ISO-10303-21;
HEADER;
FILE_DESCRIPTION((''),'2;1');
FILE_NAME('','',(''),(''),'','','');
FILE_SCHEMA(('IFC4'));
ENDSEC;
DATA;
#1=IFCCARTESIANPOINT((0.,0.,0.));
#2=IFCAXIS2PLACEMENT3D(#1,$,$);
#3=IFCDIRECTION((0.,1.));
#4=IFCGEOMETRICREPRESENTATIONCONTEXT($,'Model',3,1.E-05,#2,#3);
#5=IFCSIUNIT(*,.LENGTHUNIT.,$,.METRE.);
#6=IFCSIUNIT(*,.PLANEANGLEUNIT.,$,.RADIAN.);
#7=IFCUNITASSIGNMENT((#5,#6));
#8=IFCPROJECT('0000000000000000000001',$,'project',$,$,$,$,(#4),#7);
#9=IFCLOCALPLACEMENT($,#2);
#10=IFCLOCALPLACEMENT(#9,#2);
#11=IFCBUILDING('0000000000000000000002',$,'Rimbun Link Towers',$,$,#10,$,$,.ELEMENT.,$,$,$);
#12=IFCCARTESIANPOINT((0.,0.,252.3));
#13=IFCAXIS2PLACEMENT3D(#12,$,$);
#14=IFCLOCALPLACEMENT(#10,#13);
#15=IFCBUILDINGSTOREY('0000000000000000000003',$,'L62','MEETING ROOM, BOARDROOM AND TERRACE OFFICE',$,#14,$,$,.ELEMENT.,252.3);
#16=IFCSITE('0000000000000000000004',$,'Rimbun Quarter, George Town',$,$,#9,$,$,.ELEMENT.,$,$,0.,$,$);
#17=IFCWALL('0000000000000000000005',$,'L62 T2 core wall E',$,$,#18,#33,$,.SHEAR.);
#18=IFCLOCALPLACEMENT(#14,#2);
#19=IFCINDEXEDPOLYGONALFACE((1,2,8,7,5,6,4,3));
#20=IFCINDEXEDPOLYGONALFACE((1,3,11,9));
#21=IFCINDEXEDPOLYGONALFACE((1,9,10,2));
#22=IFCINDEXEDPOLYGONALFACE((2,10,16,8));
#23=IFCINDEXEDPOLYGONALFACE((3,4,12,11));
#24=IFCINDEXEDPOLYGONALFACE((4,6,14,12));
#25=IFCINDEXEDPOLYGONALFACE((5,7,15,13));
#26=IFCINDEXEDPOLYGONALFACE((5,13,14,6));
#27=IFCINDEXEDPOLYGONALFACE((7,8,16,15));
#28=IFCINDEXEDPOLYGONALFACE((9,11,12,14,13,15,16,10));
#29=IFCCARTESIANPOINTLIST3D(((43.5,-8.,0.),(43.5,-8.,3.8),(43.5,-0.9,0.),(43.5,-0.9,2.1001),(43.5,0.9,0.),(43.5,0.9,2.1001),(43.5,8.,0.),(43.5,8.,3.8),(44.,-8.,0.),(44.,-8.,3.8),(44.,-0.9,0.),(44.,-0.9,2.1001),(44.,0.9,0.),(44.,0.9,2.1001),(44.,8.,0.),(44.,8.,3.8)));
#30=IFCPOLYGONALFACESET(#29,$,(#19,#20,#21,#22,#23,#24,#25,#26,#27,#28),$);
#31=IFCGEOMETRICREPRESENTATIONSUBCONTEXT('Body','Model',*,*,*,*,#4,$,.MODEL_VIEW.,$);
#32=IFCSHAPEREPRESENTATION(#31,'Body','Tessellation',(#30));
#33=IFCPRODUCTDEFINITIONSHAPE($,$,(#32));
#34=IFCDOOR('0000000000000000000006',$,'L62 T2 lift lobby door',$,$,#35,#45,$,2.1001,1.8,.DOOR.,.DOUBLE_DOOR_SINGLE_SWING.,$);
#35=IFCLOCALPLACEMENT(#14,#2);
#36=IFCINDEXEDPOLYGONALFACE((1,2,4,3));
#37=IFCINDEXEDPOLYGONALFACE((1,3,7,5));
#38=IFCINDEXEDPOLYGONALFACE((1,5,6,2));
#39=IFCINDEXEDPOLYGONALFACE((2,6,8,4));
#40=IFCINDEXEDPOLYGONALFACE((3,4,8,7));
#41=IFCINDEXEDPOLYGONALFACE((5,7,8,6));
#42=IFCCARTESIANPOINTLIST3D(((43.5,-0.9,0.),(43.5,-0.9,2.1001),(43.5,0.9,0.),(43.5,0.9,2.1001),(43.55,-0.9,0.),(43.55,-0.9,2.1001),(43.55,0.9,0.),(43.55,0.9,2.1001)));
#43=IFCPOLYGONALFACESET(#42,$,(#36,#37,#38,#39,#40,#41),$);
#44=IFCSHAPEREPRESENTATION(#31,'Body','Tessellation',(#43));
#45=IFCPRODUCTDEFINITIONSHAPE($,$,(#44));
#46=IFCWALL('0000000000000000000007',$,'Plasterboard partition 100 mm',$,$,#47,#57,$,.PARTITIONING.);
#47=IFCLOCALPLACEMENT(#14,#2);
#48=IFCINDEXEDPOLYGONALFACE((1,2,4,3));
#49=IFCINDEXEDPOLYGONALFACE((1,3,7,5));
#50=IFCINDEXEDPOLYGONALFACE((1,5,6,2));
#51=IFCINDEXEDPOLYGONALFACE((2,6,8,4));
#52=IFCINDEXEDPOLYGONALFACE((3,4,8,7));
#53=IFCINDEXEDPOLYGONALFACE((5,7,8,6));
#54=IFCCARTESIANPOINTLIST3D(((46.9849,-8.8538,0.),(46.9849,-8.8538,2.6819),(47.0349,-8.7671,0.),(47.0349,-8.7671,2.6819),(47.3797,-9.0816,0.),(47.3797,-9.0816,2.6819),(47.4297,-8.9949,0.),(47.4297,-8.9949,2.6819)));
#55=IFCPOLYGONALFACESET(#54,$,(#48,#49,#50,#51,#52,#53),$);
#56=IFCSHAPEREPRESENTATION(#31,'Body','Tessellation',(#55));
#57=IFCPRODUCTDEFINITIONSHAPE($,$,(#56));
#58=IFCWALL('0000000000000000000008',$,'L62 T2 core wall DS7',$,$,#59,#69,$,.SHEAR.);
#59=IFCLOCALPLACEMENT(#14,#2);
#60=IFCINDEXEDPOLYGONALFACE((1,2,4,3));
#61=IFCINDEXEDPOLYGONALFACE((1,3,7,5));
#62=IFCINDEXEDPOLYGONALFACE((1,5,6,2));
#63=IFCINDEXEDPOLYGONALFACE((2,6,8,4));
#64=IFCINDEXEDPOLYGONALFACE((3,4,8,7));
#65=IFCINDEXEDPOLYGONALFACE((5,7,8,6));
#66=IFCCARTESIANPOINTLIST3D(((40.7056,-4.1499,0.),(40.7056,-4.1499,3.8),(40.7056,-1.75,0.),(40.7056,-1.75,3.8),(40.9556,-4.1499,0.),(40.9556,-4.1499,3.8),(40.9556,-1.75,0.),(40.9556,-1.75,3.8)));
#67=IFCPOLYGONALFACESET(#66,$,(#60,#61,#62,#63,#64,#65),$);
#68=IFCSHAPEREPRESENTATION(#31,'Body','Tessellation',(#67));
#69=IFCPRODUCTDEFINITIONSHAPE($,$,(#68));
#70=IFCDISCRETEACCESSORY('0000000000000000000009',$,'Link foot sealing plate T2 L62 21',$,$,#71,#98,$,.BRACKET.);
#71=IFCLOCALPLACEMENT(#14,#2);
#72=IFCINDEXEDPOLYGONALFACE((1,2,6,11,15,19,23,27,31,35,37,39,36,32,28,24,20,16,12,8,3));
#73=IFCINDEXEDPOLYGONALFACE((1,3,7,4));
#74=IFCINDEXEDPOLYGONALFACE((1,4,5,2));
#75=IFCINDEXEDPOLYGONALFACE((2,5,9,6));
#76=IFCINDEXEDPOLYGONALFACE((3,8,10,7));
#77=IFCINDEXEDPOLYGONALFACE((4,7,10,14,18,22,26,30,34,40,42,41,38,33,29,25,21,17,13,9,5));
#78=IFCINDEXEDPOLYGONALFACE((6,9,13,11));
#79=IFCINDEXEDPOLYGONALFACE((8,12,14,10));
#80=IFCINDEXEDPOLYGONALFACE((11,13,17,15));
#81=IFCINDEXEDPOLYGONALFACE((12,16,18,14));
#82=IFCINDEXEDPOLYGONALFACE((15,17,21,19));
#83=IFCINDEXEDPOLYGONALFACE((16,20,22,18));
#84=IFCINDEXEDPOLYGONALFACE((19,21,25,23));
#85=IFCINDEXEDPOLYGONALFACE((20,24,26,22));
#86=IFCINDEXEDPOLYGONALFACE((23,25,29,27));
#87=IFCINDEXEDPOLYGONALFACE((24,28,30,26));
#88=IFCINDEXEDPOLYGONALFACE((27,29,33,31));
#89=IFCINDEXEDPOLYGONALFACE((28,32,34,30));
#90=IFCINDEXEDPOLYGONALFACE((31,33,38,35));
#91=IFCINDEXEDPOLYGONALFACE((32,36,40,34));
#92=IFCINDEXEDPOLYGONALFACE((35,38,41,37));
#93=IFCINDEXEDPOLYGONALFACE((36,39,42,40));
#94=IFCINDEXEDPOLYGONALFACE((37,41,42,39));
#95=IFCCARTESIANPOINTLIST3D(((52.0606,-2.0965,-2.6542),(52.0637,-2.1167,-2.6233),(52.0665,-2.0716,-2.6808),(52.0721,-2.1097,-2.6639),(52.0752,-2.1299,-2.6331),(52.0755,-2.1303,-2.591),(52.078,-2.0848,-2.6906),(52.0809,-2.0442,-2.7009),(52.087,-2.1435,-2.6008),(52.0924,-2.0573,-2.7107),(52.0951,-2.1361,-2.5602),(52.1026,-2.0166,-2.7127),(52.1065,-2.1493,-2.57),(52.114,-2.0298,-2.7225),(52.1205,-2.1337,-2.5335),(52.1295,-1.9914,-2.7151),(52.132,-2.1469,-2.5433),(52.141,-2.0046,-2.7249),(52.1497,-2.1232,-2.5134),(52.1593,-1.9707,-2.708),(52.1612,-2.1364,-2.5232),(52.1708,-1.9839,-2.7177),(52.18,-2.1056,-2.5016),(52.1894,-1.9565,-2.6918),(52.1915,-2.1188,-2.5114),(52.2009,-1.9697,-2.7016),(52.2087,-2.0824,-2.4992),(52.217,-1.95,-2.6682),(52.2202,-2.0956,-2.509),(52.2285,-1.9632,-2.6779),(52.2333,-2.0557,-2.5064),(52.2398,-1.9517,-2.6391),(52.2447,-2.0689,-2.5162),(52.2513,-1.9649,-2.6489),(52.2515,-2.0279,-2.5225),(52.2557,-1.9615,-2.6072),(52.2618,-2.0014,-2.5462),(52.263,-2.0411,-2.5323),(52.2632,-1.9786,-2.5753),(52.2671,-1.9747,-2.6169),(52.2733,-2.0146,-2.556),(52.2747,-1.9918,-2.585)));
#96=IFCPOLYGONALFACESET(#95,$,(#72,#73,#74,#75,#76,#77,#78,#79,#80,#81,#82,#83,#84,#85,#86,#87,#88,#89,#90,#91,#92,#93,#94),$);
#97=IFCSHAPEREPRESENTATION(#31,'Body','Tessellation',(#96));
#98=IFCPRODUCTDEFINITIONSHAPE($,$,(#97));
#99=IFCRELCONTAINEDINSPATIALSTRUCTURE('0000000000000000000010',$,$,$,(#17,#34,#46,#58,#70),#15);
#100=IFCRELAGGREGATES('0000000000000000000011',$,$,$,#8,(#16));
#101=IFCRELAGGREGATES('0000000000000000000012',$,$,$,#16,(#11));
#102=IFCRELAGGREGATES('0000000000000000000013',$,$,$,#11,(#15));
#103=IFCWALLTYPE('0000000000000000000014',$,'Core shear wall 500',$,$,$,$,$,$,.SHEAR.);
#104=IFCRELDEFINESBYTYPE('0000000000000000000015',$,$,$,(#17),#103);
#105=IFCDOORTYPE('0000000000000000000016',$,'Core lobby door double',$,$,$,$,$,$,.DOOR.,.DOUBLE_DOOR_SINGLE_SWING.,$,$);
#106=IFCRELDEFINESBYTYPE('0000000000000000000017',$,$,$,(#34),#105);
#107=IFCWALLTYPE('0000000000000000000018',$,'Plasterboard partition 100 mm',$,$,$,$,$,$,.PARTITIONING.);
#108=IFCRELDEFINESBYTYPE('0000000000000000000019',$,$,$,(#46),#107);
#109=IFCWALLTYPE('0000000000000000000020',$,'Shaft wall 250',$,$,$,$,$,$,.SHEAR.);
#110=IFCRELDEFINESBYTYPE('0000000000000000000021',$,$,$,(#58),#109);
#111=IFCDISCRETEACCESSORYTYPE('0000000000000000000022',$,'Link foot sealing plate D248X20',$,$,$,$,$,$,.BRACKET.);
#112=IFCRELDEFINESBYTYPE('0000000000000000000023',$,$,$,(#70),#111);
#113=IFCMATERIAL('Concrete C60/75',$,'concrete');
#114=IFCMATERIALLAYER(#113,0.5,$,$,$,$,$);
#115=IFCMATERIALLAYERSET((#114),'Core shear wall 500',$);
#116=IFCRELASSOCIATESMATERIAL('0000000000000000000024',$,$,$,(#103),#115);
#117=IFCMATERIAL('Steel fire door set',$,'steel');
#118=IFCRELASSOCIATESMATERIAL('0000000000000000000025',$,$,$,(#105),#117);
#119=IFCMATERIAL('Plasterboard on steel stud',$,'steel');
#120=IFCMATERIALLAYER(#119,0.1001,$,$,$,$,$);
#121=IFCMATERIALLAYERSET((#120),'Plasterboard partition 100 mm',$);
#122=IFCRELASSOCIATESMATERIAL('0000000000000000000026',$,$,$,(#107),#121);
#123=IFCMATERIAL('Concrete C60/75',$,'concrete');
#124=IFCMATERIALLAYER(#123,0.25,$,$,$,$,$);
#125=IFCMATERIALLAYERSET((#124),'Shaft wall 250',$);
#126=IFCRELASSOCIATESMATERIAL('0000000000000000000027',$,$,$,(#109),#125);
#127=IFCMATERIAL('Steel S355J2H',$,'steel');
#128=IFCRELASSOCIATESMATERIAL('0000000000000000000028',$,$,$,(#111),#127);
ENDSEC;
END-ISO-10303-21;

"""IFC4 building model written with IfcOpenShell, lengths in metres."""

from ifc_helpers import new_model, si_unit, direction, frame, frame_2d, origin, origin_2d, place, context, subcontext, project, spatial, rectangle, circle, extrude, material, layer, layer_set, material_profile, profile_set, type_object, element, fill, save


model = new_model("IFC4")

# Units and contexts
model_context = context("Model", 3, precision=1e-05, world=origin(), true_north=direction((0.0, 1.0)))
body_context = subcontext(model_context, "Body", "Model", "MODEL_VIEW")
ifc_project = project(units=[si_unit("LENGTHUNIT", "METRE"), si_unit("PLANEANGLEUNIT", "RADIAN")], contexts=[model_context])

# Site, building, storey
site_placement = place(None, origin())
site = spatial("IfcSite", under=ifc_project, at=site_placement, Name="Rimbun Quarter, George Town", CompositionType="ELEMENT", RefElevation=0.0)
building_placement = place(site_placement, origin())
building = spatial("IfcBuilding", under=site, at=building_placement, Name="Rimbun Link Towers", CompositionType="ELEMENT")
storey_placement = place(building_placement, frame((0.0, 0.0, 252.3)))
storey = spatial("IfcBuildingStorey", under=building, at=storey_placement, Name="L62", Description="MEETING ROOM, BOARDROOM AND TERRACE OFFICE", CompositionType="ELEMENT", Elevation=252.3)

# Wall, opening, door
ifc_material_1 = material(Name="Concrete C60/75", Category="concrete")
ifc_layer_1 = layer(ifc_material_1, 0.5)
ifc_layer_set_1 = layer_set([ifc_layer_1], Name="Core shear wall 500")
wall_type_1 = type_object("IfcWallType", Name="Core shear wall 500", PredefinedType="SHEAR", material=ifc_layer_set_1)
wall_1_placement = place(storey_placement, frame((43.75, -8.0, 0.0), z_axis=(0.0, 0.0, 1.0), x_axis=(0.0, 1.0, 0.0)))
wall_1 = element("IfcWall", 1, at=wall_1_placement, inside=storey, type_object=wall_type_1, Name="L62 T2 core wall E", PredefinedType="SHEAR", context=body_context, shape_type="SweptSolid", body=[
    extrude(rectangle(XDim=16.0, YDim=0.5, at=frame_2d((8.0, 0.0))), origin(), (0.0, 0.0, 1.0), 3.8),
])
opening_placement = place(wall_1_placement, frame((7.1001, 0.0, 0.0)))
opening = element("IfcOpeningElement", 2, at=opening_placement, cuts=wall_1, PredefinedType="OPENING", context=body_context, shape_type="SweptSolid", body=[
    extrude(rectangle(XDim=1.8, YDim=2.1001, at=frame_2d((0.8999, 1.05))), frame((0.0, 0.26, 0.0), z_axis=(0.0, -1.0, 0.0), x_axis=(1.0, 0.0, 0.0)), (0.0, 0.0, 1.0), 0.52),
])
ifc_material_2 = material(Name="Steel fire door set", Category="steel")
door_type = type_object("IfcDoorType", Name="Core lobby door double", OperationType="DOUBLE_DOOR_SINGLE_SWING", PredefinedType="DOOR", material=ifc_material_2)
door_placement = place(opening_placement, origin())
door = element("IfcDoor", 3, at=door_placement, inside=storey, type_object=door_type, Name="L62 T2 lift lobby door", OperationType="DOUBLE_DOOR_SINGLE_SWING", OverallHeight=2.1001, OverallWidth=1.8, PredefinedType="DOOR", context=body_context, shape_type="SweptSolid", body=[
    extrude(rectangle(XDim=1.8, YDim=2.1001, at=frame_2d((0.8999, 1.05))), frame((0.0, 0.25, 0.0), z_axis=(0.0, -1.0, 0.0), x_axis=(1.0, 0.0, 0.0)), (0.0, 0.0, 1.0), 0.05),
])
fill(opening, door)

# Walls
ifc_material_3 = material(Name="Plasterboard on steel stud", Category="steel")
ifc_layer_2 = layer(ifc_material_3, 0.1001)
ifc_layer_set_2 = layer_set([ifc_layer_2], Name="Plasterboard partition 100 mm")
wall_type_2 = type_object("IfcWallType", Name="Plasterboard partition 100 mm", PredefinedType="PARTITIONING", material=ifc_layer_set_2)
wall_2_placement = place(storey_placement, frame((47.4048, -9.0383, 0.0), z_axis=(0.0, 0.0, 1.0), x_axis=(-0.866159, 0.499769, 0.0)))
element("IfcWall", 4, at=wall_2_placement, inside=storey, type_object=wall_type_2, Name="Plasterboard partition 100 mm", PredefinedType="PARTITIONING", context=body_context, shape_type="SweptSolid", body=[
    extrude(rectangle(XDim=0.4558, YDim=0.1001, at=frame_2d((0.228, 0.0))), origin(), (0.0, 0.0, 1.0), 2.6819),
])
ifc_material_4 = material(Name="Concrete C60/75", Category="concrete")
ifc_layer_3 = layer(ifc_material_4, 0.25)
ifc_layer_set_3 = layer_set([ifc_layer_3], Name="Shaft wall 250")
wall_type_3 = type_object("IfcWallType", Name="Shaft wall 250", PredefinedType="SHEAR", material=ifc_layer_set_3)
wall_3_placement = place(storey_placement, frame((40.8306, -4.1499, 0.0), z_axis=(0.0, 0.0, 1.0), x_axis=(0.0, 1.0, 0.0)))
element("IfcWall", 5, at=wall_3_placement, inside=storey, type_object=wall_type_3, Name="L62 T2 core wall DS7", PredefinedType="SHEAR", context=body_context, shape_type="SweptSolid", body=[
    extrude(rectangle(XDim=2.3999, YDim=0.25, at=frame_2d((1.2, 0.0))), origin(), (0.0, 0.0, 1.0), 3.8),
])

# Discrete accessory
ifc_material_5 = material(Name="Steel S355J2H", Category="steel")
ifc_material_profile_1 = material_profile(ifc_material_5, circle(Radius=0.124, at=origin_2d()), Name="PL D248")
ifc_profile_set_1 = profile_set([ifc_material_profile_1], Name="Steel S355J2H")
discrete_accessory_type = type_object("IfcDiscreteAccessoryType", Name="Link foot sealing plate D248X20", PredefinedType="BRACKET", material=ifc_profile_set_1)
discrete_accessory_placement = place(storey_placement, frame((52.1621, -2.043, -2.6072), z_axis=(0.573128, -0.658488, -0.487769), x_axis=(0.754305, 0.656524, 0.0)))
element("IfcDiscreteAccessory", 6, at=discrete_accessory_placement, inside=storey, type_object=discrete_accessory_type, Name="Link foot sealing plate T2 L62 21", PredefinedType="BRACKET", context=body_context, shape_type="SweptSolid", body=[
    extrude(circle(Radius=0.124, at=origin_2d()), origin(), (0.0, 0.0, 1.0), 0.02),
])

save(model, "model.ifc")
